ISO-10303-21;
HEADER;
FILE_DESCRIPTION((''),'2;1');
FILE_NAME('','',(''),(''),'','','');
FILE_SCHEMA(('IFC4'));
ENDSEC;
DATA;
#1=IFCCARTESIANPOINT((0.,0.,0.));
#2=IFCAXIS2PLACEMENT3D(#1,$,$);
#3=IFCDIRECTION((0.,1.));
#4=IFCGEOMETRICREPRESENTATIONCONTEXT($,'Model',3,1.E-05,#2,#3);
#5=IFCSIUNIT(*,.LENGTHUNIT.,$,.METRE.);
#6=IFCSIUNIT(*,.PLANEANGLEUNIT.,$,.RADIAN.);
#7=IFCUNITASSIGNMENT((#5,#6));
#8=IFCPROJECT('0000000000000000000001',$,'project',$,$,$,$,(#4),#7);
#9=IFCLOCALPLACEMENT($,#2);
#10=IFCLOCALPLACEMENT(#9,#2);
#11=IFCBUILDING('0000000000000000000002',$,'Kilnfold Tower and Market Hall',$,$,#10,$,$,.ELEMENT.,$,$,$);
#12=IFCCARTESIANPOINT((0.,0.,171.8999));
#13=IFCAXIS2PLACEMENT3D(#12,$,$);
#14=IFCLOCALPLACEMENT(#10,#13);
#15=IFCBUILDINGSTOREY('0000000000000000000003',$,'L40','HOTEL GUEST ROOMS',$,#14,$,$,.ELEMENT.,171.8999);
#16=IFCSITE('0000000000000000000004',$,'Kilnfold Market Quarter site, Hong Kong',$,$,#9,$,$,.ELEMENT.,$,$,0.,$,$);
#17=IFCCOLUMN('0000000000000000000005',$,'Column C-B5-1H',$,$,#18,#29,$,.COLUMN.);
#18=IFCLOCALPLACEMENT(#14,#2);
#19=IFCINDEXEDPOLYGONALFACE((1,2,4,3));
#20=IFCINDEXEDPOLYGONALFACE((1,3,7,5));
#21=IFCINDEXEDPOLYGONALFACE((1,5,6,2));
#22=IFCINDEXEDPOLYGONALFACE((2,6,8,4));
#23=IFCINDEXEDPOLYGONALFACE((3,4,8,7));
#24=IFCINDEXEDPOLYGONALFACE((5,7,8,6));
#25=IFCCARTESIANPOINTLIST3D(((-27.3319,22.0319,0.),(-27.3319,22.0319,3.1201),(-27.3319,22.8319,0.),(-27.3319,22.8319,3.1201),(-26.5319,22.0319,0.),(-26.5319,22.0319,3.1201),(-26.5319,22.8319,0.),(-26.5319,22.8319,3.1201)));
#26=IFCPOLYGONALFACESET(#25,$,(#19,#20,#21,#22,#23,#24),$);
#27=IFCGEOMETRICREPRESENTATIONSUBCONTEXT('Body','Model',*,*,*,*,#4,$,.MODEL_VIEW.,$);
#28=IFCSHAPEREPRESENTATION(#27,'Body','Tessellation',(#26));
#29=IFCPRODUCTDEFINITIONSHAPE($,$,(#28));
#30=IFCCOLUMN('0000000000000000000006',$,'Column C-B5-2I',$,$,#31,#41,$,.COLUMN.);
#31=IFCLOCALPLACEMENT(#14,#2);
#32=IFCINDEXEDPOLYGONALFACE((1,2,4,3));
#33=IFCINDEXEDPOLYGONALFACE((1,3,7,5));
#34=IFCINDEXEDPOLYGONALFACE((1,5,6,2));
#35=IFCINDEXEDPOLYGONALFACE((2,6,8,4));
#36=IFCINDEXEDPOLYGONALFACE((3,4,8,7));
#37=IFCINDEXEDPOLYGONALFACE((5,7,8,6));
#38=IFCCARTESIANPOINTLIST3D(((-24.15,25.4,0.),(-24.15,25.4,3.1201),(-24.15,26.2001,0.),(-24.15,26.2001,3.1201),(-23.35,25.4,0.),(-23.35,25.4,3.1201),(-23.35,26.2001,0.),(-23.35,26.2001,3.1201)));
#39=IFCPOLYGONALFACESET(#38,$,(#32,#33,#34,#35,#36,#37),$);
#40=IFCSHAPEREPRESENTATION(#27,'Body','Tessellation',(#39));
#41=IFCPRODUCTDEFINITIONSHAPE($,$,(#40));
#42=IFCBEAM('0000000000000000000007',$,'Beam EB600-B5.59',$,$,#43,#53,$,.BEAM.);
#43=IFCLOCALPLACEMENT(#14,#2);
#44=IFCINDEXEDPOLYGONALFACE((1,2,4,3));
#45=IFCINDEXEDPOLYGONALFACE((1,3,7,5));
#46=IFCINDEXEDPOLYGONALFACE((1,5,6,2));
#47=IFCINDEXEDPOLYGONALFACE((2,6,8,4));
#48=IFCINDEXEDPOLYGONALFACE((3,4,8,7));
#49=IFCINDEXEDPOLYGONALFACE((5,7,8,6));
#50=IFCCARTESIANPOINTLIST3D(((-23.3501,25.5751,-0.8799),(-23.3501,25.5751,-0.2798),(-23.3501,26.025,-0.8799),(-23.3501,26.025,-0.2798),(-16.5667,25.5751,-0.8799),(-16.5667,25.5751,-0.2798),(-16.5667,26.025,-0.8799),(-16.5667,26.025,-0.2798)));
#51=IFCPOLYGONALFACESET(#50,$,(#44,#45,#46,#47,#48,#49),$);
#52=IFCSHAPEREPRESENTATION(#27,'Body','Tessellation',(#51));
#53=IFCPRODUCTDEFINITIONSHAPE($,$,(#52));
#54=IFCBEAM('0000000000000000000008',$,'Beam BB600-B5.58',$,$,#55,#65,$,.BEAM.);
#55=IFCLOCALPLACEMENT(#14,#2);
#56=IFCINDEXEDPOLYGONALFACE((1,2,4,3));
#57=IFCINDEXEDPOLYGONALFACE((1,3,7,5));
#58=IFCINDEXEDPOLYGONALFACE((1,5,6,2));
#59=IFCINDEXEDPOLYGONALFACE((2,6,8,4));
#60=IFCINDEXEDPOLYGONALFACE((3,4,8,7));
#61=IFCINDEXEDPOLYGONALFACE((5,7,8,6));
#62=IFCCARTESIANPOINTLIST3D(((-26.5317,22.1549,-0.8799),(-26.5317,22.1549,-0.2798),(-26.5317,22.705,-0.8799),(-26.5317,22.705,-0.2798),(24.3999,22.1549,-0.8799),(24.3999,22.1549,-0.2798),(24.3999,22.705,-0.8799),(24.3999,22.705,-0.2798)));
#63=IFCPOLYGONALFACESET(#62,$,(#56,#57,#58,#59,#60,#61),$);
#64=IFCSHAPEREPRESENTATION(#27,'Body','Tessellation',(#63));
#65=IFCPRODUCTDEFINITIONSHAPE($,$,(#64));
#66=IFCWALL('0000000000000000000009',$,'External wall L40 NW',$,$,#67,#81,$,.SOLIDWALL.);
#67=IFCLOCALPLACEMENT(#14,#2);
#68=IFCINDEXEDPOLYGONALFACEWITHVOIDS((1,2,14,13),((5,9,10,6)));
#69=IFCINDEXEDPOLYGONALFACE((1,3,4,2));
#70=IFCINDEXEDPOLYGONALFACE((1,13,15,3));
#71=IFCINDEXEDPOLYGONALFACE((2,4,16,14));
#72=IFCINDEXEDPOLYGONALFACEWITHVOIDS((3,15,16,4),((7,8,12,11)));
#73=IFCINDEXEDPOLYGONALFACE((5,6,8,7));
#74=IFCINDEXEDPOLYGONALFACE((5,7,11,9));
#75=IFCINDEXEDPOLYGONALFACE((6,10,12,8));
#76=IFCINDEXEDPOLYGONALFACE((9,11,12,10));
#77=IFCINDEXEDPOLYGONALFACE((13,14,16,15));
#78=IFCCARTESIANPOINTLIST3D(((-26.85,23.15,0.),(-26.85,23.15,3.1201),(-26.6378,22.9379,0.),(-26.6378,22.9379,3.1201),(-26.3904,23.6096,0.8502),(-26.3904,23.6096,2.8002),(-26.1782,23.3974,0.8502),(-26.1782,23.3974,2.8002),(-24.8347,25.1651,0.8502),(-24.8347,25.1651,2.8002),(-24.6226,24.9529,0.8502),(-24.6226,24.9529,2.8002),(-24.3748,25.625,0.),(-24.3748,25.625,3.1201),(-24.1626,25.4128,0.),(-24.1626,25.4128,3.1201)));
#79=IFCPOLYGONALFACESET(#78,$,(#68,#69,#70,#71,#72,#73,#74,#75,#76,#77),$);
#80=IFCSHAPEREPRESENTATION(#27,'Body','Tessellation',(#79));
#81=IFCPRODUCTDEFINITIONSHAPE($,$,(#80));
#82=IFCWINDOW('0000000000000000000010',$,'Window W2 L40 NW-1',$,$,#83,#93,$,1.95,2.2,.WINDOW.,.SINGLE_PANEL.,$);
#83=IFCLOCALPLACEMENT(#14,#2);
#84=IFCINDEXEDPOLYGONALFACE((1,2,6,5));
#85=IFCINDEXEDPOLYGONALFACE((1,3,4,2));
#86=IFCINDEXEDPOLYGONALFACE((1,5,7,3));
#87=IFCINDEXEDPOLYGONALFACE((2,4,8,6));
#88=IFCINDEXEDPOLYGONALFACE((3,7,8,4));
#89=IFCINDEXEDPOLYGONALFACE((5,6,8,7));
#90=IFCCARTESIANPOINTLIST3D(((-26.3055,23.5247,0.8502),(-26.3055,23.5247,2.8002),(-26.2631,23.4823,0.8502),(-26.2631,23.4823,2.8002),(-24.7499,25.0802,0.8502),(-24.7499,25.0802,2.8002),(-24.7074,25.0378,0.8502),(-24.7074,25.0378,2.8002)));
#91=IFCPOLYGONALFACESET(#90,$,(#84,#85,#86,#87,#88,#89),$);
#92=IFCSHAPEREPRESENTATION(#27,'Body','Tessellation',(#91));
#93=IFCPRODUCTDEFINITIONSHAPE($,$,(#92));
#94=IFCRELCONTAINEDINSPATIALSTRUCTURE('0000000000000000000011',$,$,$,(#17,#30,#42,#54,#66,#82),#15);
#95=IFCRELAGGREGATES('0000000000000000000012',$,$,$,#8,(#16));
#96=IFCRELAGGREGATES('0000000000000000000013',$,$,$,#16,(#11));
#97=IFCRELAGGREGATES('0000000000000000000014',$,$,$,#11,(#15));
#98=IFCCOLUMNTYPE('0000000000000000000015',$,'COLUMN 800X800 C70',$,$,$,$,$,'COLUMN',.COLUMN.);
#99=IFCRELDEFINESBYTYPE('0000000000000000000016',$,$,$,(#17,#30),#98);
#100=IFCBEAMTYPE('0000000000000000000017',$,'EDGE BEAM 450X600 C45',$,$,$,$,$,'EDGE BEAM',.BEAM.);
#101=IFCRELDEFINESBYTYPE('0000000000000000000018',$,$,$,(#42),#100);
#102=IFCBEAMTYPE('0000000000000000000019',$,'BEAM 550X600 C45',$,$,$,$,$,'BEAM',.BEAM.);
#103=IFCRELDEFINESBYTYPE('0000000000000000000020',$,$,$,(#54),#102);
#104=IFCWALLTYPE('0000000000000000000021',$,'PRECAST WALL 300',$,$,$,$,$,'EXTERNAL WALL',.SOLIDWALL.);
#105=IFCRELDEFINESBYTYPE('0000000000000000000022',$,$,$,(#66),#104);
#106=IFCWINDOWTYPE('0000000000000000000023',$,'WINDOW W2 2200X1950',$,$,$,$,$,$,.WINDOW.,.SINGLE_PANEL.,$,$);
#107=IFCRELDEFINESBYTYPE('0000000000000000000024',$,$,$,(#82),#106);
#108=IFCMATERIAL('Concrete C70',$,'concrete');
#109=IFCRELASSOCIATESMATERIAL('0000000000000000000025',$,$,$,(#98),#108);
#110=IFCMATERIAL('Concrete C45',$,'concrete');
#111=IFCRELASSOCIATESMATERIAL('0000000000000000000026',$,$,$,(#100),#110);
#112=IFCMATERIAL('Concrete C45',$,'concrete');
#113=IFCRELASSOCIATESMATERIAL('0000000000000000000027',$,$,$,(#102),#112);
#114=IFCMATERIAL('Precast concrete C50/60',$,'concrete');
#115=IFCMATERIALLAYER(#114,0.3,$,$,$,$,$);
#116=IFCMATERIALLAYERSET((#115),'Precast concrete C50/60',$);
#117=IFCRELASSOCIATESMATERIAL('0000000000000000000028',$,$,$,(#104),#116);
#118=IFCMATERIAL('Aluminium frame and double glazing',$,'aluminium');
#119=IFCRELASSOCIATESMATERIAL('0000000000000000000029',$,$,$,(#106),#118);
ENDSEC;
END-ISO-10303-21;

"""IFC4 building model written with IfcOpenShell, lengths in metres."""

from ifc_helpers import new_model, si_unit, direction, frame, frame_2d, origin, origin_2d, place, context, subcontext, project, spatial, rectangle, extrude, source, transform, mapped, material, layer, layer_set, material_profile, profile_set, type_object, element, fill, save


model = new_model("IFC4")

# Units and contexts
model_context = context("Model", 3, precision=1e-05, world=origin(), true_north=direction((0.0, 1.0)))
body_context = subcontext(model_context, "Body", "Model", "MODEL_VIEW")
ifc_project = project(units=[si_unit("LENGTHUNIT", "METRE"), si_unit("PLANEANGLEUNIT", "RADIAN")], contexts=[model_context])

# Site, building, storey
site_placement = place(None, origin())
site = spatial("IfcSite", under=ifc_project, at=site_placement, Name="Kilnfold Market Quarter site, Hong Kong", CompositionType="ELEMENT", RefElevation=0.0)
building_placement = place(site_placement, origin())
building = spatial("IfcBuilding", under=site, at=building_placement, Name="Kilnfold Tower and Market Hall", CompositionType="ELEMENT")
storey_placement = place(building_placement, frame((0.0, 0.0, 171.8999)))
storey = spatial("IfcBuildingStorey", under=building, at=storey_placement, Name="L40", Description="HOTEL GUEST ROOMS", CompositionType="ELEMENT", Elevation=171.8999)

# Columns
ifc_material_1 = material(Name="Concrete C70", Category="concrete")
ifc_material_profile_1 = material_profile(ifc_material_1, rectangle(XDim=0.8, YDim=0.8, at=origin_2d()), Name="RC 800x800")
ifc_profile_set_1 = profile_set([ifc_material_profile_1], Name="Concrete C70")
column_type = type_object("IfcColumnType", Name="COLUMN 800X800 C70", ElementType="COLUMN", PredefinedType="COLUMN", material=ifc_profile_set_1)
shared_shape_1 = source(origin(), body_context, "Body", "SweptSolid", [
    extrude(rectangle(XDim=0.8, YDim=0.8, at=origin_2d()), origin(), (0.0, 0.0, 1.0), 3.1201),
])
for number, where, z_axis, x_axis, name in (
    (1, (-26.9319, 22.4319, 0.0), (0.0, 0.0, 1.0), (1.0, 0.0, 0.0), "Column C-B5-1H"),
    (2, (-23.75, 25.8, 0.0), (0.0, 0.0, 1.0), (1.0, 0.0, 0.0), "Column C-B5-2I"),
):
    element("IfcColumn", number, at=place(storey_placement, frame(where, z_axis=z_axis, x_axis=x_axis)), inside=storey, type_object=column_type, Name=name, PredefinedType="COLUMN", context=body_context, shape_type="MappedRepresentation", body=[
        mapped(shared_shape_1, transform((0.0, 0.0, 0.0))),
    ])

# Beams
ifc_material_2 = material(Name="Concrete C45", Category="concrete")
ifc_material_profile_2 = material_profile(ifc_material_2, rectangle(XDim=0.45, YDim=0.6001, at=origin_2d()), Name="RC 450x600")
ifc_profile_set_2 = profile_set([ifc_material_profile_2], Name="Concrete C45")
beam_type_1 = type_object("IfcBeamType", Name="EDGE BEAM 450X600 C45", ElementType="EDGE BEAM", PredefinedType="BEAM", material=ifc_profile_set_2)
shared_shape_2 = source(origin(), body_context, "Body", "SweptSolid", [
    extrude(rectangle(XDim=0.45, YDim=0.6001, at=origin_2d()), origin(), (0.0, 0.0, 1.0), 6.7834),
])
beam_1_placement = place(storey_placement, frame((-23.3501, 25.8, -0.5798), z_axis=(1.0, 0.0, 0.0), x_axis=(0.0, 1.0, 0.0)))
element("IfcBeam", 3, at=beam_1_placement, inside=storey, type_object=beam_type_1, Name="Beam EB600-B5.59", PredefinedType="BEAM", context=body_context, shape_type="MappedRepresentation", body=[
    mapped(shared_shape_2, transform((0.0, 0.0, 0.0))),
])
ifc_material_3 = material(Name="Concrete C45", Category="concrete")
ifc_material_profile_3 = material_profile(ifc_material_3, rectangle(XDim=0.55, YDim=0.6001, at=origin_2d()), Name="RC 550x600")
ifc_profile_set_3 = profile_set([ifc_material_profile_3], Name="Concrete C45")
beam_type_2 = type_object("IfcBeamType", Name="BEAM 550X600 C45", ElementType="BEAM", PredefinedType="BEAM", material=ifc_profile_set_3)
shared_shape_3 = source(origin(), body_context, "Body", "SweptSolid", [
    extrude(rectangle(XDim=0.55, YDim=0.6001, at=origin_2d()), origin(), (0.0, 0.0, 1.0), 50.9316),
])
beam_2_placement = place(storey_placement, frame((-26.5317, 22.4299, -0.5798), z_axis=(1.0, 0.0, 0.0), x_axis=(0.0, 1.0, 0.0)))
element("IfcBeam", 4, at=beam_2_placement, inside=storey, type_object=beam_type_2, Name="Beam BB600-B5.58", PredefinedType="BEAM", context=body_context, shape_type="MappedRepresentation", body=[
    mapped(shared_shape_3, transform((0.0, 0.0, 0.0))),
])

# Wall, opening, window
ifc_material_4 = material(Name="Precast concrete C50/60", Category="concrete")
ifc_layer = layer(ifc_material_4, 0.3)
ifc_layer_set = layer_set([ifc_layer], Name="Precast concrete C50/60")
wall_type = type_object("IfcWallType", Name="PRECAST WALL 300", ElementType="EXTERNAL WALL", PredefinedType="SOLIDWALL", material=ifc_layer_set)
shared_shape_4 = source(origin(), body_context, "Body", "SweptSolid", [
    extrude(rectangle(XDim=3.5002, YDim=0.3, at=frame_2d((1.75, 0.0))), origin(), (0.0, 0.0, 1.0), 3.1201),
])
wall_1_placement = place(storey_placement, frame((-24.2688, 25.5188, 0.0), z_axis=(0.0, 0.0, 1.0), x_axis=(-0.707142, -0.707072, 0.0)))
wall_1 = element("IfcWall", 5, at=wall_1_placement, inside=storey, type_object=wall_type, Name="External wall L40 NW", PredefinedType="SOLIDWALL", context=body_context, shape_type="MappedRepresentation", body=[
    mapped(shared_shape_4, transform((0.0, 0.0, 0.0))),
])
opening_1_placement = place(wall_1_placement, frame((0.6501, 0.0, 0.8501)))
opening_1 = element("IfcOpeningElement", 6, at=opening_1_placement, cuts=wall_1, PredefinedType="OPENING", context=body_context, shape_type="SweptSolid", body=[
    extrude(rectangle(XDim=2.2, YDim=1.95, at=frame_2d((1.1001, 0.9751))), frame((0.0, 0.1602, 0.0), z_axis=(0.0, -1.0, 0.0), x_axis=(1.0, 0.0, 0.0)), (0.0, 0.0, 1.0), 0.3201),
])
ifc_material_5 = material(Name="Aluminium frame and double glazing", Category="aluminium")
window_type = type_object("IfcWindowType", Name="WINDOW W2 2200X1950", PartitioningType="SINGLE_PANEL", PredefinedType="WINDOW", material=ifc_material_5)
window_1_placement = place(opening_1_placement, origin())
window_1 = element("IfcWindow", 7, at=window_1_placement, inside=storey, type_object=window_type, Name="Window W2 L40 NW-1", OverallHeight=1.95, OverallWidth=2.2, PartitioningType="SINGLE_PANEL", PredefinedType="WINDOW", context=body_context, shape_type="SweptSolid", body=[
    extrude(rectangle(XDim=2.2, YDim=1.95, at=frame_2d((1.1001, 0.9751))), frame((0.0, 0.03, 0.0), z_axis=(0.0, -1.0, 0.0), x_axis=(1.0, 0.0, 0.0)), (0.0, 0.0, 1.0), 0.0601),
])
fill(opening_1, window_1)

save(model, "model.ifc")
